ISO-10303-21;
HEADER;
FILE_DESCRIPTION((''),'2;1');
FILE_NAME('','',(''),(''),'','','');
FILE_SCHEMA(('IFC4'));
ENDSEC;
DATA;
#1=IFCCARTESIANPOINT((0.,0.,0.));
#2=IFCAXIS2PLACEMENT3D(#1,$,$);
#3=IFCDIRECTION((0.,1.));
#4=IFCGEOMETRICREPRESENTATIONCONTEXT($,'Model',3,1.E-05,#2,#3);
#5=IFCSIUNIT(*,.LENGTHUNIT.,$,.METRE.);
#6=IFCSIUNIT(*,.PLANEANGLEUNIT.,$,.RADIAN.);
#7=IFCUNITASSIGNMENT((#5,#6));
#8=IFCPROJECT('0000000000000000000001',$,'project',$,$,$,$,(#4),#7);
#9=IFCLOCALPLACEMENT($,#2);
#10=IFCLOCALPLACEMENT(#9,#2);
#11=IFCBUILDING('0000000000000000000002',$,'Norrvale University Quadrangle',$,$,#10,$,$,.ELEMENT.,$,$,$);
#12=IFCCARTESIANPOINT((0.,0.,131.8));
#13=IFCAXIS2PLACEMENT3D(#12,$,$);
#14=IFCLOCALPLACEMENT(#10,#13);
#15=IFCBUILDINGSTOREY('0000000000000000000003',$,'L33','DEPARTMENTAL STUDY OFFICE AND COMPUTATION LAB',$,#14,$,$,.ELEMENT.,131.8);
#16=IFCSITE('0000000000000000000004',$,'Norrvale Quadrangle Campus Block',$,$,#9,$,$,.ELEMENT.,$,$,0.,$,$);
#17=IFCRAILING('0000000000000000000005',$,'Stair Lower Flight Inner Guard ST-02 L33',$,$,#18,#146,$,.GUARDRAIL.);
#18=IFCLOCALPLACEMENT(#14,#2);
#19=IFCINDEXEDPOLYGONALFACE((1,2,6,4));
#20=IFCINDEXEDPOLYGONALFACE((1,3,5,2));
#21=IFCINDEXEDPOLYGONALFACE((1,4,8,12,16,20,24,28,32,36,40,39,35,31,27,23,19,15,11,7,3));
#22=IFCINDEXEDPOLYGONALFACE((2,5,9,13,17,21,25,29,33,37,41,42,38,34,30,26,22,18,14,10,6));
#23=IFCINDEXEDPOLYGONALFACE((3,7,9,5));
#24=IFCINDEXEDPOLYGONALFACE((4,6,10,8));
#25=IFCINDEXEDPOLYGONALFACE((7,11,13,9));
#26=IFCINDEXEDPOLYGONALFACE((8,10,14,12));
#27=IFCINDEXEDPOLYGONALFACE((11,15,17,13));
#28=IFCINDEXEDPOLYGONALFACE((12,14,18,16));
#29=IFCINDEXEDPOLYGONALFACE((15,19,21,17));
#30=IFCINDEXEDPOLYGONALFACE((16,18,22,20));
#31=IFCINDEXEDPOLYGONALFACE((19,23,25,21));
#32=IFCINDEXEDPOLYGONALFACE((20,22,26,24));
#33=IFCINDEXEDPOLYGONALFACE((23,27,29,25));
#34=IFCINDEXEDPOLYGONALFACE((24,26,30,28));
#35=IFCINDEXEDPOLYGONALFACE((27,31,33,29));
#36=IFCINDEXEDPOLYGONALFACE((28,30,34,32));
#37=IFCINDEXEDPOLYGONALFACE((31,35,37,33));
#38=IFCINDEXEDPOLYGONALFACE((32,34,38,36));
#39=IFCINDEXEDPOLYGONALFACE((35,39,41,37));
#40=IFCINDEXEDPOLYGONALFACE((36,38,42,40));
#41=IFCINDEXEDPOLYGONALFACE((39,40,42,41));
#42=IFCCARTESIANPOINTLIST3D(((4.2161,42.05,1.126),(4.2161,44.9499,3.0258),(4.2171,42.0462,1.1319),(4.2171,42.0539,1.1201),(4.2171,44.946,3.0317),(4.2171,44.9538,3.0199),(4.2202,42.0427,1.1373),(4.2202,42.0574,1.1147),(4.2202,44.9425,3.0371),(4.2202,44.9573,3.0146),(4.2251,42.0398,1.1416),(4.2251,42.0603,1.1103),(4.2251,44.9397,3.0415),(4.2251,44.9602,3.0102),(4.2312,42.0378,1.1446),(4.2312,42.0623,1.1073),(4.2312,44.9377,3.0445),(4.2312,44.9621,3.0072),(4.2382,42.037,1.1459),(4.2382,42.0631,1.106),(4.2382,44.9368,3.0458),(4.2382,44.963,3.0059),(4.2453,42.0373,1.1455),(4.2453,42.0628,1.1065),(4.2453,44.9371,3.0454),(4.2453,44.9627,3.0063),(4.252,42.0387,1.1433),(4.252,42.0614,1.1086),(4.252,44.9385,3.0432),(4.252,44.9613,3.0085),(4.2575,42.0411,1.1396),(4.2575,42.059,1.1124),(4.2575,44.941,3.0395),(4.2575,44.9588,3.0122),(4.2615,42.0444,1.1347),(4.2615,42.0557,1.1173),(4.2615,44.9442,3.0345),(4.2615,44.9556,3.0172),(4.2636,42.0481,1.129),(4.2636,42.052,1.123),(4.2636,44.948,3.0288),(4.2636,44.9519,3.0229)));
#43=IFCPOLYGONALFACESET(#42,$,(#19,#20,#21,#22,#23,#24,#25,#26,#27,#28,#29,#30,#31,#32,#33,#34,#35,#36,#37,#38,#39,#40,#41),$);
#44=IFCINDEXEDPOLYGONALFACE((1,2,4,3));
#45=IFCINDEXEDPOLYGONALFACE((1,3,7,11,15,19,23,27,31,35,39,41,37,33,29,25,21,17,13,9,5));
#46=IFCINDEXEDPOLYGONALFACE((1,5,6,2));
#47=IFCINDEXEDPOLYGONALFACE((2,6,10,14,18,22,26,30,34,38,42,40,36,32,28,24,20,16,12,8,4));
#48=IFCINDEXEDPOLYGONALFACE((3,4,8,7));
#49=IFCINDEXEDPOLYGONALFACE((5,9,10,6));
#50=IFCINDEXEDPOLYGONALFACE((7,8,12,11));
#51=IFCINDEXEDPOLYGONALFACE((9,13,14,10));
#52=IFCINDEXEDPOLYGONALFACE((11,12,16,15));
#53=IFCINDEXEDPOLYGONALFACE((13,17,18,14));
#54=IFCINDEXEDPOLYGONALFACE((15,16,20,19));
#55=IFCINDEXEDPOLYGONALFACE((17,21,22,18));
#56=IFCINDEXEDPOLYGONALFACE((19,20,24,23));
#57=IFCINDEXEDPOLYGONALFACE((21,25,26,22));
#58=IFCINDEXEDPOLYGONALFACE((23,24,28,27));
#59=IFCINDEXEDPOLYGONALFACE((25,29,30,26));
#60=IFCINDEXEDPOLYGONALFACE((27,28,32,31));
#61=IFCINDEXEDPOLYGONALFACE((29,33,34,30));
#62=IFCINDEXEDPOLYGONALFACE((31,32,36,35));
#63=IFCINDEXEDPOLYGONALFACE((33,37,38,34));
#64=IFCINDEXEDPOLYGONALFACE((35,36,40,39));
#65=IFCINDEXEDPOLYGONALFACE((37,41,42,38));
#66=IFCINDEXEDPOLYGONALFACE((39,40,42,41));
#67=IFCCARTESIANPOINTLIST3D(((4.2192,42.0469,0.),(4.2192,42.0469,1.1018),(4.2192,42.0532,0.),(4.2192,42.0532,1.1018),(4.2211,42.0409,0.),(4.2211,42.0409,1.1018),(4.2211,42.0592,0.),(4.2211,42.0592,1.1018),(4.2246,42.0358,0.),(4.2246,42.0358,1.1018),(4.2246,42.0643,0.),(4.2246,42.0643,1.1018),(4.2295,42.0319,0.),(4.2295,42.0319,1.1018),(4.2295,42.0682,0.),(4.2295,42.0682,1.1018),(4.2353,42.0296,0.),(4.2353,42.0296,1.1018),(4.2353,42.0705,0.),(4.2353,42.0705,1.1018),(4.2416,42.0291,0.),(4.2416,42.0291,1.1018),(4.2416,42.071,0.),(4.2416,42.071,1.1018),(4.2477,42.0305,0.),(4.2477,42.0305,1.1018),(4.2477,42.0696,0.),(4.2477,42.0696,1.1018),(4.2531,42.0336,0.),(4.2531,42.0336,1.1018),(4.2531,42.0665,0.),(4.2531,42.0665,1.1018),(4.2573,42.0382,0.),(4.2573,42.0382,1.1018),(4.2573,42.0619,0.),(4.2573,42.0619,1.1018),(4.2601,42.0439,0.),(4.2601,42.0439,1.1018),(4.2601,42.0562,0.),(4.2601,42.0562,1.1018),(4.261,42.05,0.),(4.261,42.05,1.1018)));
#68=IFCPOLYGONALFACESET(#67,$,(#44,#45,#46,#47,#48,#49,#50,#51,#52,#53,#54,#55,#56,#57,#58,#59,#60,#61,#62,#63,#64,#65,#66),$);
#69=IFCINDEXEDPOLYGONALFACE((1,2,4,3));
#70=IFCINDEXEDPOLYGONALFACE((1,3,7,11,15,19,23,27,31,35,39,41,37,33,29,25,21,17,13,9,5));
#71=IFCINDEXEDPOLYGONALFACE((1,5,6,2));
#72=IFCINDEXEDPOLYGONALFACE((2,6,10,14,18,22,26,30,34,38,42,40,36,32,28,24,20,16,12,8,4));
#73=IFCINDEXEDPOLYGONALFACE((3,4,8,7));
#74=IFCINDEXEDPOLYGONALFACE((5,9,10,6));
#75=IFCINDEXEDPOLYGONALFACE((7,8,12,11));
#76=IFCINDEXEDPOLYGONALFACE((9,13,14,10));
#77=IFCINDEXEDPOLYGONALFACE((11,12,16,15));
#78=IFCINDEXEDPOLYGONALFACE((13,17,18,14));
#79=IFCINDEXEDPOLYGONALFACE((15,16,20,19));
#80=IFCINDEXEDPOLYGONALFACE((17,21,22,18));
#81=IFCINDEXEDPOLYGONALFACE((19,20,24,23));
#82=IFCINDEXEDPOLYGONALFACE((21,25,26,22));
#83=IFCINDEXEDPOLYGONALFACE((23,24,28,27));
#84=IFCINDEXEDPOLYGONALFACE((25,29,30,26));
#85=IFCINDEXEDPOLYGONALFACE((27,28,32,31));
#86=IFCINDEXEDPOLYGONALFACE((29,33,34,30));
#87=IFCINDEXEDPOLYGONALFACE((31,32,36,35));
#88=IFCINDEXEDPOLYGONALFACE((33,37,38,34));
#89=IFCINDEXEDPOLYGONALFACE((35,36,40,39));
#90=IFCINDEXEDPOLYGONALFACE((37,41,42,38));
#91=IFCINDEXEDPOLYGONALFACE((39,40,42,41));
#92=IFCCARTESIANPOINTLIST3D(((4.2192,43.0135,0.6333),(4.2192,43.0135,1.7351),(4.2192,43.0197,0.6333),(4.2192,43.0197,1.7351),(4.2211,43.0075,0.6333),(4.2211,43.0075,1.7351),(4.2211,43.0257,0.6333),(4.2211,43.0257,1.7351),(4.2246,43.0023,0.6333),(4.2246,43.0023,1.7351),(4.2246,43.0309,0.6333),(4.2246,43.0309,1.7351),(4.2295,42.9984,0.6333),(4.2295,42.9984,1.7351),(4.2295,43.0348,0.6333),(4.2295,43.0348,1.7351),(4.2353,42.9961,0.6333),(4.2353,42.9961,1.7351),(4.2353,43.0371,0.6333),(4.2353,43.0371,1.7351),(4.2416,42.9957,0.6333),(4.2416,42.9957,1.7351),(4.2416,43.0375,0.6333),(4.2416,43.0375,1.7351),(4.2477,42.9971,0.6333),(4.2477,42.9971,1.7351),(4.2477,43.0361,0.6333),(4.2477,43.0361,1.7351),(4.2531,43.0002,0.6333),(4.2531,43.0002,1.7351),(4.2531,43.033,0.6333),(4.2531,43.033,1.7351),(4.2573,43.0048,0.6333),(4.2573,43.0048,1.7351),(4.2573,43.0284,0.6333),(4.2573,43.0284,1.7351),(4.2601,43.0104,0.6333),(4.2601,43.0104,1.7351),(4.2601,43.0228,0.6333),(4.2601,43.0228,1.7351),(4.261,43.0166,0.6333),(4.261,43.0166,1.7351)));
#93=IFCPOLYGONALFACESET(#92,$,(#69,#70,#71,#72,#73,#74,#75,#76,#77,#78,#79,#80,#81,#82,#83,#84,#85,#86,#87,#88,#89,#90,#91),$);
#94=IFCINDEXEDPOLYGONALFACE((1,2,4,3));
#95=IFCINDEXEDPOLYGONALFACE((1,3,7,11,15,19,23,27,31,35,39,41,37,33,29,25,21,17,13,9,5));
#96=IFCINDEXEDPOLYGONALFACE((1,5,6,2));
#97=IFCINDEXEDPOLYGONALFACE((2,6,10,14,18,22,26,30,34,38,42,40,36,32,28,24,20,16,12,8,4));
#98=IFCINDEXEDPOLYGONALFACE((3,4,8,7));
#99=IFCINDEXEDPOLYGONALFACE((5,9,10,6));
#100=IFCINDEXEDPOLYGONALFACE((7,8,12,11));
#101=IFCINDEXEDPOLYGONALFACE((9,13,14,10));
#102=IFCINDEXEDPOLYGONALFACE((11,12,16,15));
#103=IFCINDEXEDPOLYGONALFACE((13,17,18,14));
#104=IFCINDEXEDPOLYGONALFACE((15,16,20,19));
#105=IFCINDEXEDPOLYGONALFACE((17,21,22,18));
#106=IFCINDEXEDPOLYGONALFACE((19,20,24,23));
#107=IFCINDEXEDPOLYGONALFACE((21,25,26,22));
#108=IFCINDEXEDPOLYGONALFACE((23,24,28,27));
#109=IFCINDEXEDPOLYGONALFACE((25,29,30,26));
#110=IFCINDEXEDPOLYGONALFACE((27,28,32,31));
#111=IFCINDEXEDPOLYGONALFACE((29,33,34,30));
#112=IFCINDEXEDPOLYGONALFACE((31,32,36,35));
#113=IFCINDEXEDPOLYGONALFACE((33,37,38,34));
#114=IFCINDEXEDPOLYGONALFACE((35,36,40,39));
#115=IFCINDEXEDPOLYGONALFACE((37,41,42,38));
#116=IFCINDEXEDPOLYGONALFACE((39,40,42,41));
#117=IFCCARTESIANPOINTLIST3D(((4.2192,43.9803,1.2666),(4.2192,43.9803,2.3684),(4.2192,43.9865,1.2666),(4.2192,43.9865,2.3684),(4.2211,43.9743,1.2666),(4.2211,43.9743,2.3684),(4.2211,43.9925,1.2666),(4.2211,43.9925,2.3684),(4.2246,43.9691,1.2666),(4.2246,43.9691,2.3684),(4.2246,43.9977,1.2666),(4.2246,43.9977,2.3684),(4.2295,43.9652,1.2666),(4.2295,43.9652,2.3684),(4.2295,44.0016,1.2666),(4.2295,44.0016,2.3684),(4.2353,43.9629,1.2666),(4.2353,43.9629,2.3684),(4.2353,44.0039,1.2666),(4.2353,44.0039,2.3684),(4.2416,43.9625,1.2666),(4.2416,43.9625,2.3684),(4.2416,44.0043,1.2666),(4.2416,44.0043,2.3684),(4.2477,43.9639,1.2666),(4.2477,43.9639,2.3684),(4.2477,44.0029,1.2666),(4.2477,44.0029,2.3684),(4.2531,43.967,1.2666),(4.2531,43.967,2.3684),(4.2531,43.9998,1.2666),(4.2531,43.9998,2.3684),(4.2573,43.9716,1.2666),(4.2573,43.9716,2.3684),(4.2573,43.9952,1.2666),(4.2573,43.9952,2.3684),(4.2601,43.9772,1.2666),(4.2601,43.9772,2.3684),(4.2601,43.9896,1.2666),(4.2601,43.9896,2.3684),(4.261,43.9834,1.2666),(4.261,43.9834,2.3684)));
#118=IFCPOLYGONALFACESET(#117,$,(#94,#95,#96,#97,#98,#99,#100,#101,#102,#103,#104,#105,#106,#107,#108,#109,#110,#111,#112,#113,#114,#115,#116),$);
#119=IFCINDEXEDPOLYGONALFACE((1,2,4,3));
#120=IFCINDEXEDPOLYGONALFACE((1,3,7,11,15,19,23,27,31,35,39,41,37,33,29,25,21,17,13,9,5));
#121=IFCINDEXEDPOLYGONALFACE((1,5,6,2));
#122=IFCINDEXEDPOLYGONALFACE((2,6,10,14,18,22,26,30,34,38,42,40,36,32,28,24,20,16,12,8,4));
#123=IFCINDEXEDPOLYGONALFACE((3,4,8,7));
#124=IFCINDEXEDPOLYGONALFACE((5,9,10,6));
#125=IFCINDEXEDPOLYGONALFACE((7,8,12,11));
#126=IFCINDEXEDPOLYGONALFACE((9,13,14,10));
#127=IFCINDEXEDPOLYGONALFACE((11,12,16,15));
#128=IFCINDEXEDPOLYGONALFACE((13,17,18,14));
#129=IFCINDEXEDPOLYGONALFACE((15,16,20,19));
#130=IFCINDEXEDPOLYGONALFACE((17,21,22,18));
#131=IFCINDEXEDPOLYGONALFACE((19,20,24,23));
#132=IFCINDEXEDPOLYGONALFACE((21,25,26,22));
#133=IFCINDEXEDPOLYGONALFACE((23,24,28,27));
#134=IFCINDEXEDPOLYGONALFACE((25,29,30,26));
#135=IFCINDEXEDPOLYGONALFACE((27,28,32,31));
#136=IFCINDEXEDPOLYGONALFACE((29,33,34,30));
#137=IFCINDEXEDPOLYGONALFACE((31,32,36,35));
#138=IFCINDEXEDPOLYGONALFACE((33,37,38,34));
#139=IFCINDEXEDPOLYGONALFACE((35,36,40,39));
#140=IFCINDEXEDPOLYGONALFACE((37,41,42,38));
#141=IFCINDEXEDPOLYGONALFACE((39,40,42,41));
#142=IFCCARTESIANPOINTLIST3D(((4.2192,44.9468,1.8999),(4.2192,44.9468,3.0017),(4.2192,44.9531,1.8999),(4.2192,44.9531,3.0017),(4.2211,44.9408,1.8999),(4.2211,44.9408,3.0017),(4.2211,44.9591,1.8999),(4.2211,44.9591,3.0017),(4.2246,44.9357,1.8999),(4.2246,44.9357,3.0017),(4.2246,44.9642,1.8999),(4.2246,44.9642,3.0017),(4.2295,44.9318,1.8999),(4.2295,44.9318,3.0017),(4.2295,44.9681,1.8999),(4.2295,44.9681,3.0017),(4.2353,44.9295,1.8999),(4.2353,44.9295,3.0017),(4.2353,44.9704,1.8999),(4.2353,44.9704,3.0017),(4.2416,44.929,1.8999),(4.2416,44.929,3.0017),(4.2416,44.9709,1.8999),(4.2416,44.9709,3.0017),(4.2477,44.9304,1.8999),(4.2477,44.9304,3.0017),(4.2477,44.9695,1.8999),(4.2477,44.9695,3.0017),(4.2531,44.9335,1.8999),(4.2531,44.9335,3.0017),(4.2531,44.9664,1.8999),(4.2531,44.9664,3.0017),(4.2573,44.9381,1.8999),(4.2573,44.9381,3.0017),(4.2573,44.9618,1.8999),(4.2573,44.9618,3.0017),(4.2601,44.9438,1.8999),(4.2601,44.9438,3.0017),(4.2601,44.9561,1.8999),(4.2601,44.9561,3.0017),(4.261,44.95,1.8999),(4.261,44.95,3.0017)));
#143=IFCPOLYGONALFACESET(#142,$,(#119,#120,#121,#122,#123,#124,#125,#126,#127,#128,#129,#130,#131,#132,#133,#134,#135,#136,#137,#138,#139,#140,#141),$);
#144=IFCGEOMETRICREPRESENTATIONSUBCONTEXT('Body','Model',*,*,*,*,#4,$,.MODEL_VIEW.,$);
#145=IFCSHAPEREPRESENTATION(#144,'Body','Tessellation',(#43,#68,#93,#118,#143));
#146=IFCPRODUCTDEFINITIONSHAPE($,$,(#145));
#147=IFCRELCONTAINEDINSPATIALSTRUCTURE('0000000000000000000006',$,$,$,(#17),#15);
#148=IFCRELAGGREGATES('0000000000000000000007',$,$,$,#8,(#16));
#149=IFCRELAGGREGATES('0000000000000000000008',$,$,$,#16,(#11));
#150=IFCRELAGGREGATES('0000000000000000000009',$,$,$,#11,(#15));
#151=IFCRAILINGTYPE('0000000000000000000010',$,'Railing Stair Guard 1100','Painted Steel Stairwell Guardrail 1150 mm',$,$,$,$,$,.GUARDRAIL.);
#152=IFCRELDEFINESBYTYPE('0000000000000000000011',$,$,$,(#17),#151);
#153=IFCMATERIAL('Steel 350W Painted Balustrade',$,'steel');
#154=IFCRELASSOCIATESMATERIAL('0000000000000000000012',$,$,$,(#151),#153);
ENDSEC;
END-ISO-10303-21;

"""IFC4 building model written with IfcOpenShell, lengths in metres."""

from ifc_helpers import new_model, si_unit, direction, frame, origin, origin_2d, place, context, subcontext, project, spatial, circle, extrude, material, type_object, element, save


model = new_model("IFC4")

# Units and contexts
model_context = context("Model", 3, precision=1e-05, world=origin(), true_north=direction((0.0, 1.0)))
body_context = subcontext(model_context, "Body", "Model", "MODEL_VIEW")
ifc_project = project(units=[si_unit("LENGTHUNIT", "METRE"), si_unit("PLANEANGLEUNIT", "RADIAN")], contexts=[model_context])

# Site, building, storey
site_placement = place(None, origin())
site = spatial("IfcSite", under=ifc_project, at=site_placement, Name="Norrvale Quadrangle Campus Block", CompositionType="ELEMENT", RefElevation=0.0)
building_placement = place(site_placement, origin())
building = spatial("IfcBuilding", under=site, at=building_placement, Name="Norrvale University Quadrangle", CompositionType="ELEMENT")
storey_placement = place(building_placement, frame((0.0, 0.0, 131.8)))
storey = spatial("IfcBuildingStorey", under=building, at=storey_placement, Name="L33", Description="DEPARTMENTAL STUDY OFFICE AND COMPUTATION LAB", CompositionType="ELEMENT", Elevation=131.8)

# Railing
ifc_material_1 = material(Name="Steel 350W Painted Balustrade", Category="steel")
railing_type_1 = type_object("IfcRailingType", Name="Railing Stair Guard 1100", Description="Painted Steel Stairwell Guardrail 1150 mm", PredefinedType="GUARDRAIL", material=ifc_material_1)
railing_1_placement = place(storey_placement, frame((4.24, 42.05, 0.0)))
element("IfcRailing", 1, at=railing_1_placement, inside=storey, type_object=railing_type_1, Name="Stair Lower Flight Inner Guard ST-02 L33", PredefinedType="GUARDRAIL", context=body_context, shape_type="SweptSolid", body=[
    extrude(circle(Radius=0.0239, at=origin_2d()), frame((0.0, 0.0, 1.126), z_axis=(0.0, 0.836466, 0.548019), x_axis=(-1.0, 0.0, 0.0)), (0.0, 0.0, 1.0), 3.4668),
    extrude(circle(Radius=0.021, at=origin_2d()), origin(), (0.0, 0.0, 1.0), 1.1018),
    extrude(circle(Radius=0.021, at=origin_2d()), frame((0.0, 0.9666, 0.6333)), (0.0, 0.0, 1.0), 1.1018),
    extrude(circle(Radius=0.021, at=origin_2d()), frame((0.0, 1.9333, 1.2666)), (0.0, 0.0, 1.0), 1.1018),
    extrude(circle(Radius=0.021, at=origin_2d()), frame((0.0, 2.8999, 1.8999)), (0.0, 0.0, 1.0), 1.1018),
])

save(model, "model.ifc")
